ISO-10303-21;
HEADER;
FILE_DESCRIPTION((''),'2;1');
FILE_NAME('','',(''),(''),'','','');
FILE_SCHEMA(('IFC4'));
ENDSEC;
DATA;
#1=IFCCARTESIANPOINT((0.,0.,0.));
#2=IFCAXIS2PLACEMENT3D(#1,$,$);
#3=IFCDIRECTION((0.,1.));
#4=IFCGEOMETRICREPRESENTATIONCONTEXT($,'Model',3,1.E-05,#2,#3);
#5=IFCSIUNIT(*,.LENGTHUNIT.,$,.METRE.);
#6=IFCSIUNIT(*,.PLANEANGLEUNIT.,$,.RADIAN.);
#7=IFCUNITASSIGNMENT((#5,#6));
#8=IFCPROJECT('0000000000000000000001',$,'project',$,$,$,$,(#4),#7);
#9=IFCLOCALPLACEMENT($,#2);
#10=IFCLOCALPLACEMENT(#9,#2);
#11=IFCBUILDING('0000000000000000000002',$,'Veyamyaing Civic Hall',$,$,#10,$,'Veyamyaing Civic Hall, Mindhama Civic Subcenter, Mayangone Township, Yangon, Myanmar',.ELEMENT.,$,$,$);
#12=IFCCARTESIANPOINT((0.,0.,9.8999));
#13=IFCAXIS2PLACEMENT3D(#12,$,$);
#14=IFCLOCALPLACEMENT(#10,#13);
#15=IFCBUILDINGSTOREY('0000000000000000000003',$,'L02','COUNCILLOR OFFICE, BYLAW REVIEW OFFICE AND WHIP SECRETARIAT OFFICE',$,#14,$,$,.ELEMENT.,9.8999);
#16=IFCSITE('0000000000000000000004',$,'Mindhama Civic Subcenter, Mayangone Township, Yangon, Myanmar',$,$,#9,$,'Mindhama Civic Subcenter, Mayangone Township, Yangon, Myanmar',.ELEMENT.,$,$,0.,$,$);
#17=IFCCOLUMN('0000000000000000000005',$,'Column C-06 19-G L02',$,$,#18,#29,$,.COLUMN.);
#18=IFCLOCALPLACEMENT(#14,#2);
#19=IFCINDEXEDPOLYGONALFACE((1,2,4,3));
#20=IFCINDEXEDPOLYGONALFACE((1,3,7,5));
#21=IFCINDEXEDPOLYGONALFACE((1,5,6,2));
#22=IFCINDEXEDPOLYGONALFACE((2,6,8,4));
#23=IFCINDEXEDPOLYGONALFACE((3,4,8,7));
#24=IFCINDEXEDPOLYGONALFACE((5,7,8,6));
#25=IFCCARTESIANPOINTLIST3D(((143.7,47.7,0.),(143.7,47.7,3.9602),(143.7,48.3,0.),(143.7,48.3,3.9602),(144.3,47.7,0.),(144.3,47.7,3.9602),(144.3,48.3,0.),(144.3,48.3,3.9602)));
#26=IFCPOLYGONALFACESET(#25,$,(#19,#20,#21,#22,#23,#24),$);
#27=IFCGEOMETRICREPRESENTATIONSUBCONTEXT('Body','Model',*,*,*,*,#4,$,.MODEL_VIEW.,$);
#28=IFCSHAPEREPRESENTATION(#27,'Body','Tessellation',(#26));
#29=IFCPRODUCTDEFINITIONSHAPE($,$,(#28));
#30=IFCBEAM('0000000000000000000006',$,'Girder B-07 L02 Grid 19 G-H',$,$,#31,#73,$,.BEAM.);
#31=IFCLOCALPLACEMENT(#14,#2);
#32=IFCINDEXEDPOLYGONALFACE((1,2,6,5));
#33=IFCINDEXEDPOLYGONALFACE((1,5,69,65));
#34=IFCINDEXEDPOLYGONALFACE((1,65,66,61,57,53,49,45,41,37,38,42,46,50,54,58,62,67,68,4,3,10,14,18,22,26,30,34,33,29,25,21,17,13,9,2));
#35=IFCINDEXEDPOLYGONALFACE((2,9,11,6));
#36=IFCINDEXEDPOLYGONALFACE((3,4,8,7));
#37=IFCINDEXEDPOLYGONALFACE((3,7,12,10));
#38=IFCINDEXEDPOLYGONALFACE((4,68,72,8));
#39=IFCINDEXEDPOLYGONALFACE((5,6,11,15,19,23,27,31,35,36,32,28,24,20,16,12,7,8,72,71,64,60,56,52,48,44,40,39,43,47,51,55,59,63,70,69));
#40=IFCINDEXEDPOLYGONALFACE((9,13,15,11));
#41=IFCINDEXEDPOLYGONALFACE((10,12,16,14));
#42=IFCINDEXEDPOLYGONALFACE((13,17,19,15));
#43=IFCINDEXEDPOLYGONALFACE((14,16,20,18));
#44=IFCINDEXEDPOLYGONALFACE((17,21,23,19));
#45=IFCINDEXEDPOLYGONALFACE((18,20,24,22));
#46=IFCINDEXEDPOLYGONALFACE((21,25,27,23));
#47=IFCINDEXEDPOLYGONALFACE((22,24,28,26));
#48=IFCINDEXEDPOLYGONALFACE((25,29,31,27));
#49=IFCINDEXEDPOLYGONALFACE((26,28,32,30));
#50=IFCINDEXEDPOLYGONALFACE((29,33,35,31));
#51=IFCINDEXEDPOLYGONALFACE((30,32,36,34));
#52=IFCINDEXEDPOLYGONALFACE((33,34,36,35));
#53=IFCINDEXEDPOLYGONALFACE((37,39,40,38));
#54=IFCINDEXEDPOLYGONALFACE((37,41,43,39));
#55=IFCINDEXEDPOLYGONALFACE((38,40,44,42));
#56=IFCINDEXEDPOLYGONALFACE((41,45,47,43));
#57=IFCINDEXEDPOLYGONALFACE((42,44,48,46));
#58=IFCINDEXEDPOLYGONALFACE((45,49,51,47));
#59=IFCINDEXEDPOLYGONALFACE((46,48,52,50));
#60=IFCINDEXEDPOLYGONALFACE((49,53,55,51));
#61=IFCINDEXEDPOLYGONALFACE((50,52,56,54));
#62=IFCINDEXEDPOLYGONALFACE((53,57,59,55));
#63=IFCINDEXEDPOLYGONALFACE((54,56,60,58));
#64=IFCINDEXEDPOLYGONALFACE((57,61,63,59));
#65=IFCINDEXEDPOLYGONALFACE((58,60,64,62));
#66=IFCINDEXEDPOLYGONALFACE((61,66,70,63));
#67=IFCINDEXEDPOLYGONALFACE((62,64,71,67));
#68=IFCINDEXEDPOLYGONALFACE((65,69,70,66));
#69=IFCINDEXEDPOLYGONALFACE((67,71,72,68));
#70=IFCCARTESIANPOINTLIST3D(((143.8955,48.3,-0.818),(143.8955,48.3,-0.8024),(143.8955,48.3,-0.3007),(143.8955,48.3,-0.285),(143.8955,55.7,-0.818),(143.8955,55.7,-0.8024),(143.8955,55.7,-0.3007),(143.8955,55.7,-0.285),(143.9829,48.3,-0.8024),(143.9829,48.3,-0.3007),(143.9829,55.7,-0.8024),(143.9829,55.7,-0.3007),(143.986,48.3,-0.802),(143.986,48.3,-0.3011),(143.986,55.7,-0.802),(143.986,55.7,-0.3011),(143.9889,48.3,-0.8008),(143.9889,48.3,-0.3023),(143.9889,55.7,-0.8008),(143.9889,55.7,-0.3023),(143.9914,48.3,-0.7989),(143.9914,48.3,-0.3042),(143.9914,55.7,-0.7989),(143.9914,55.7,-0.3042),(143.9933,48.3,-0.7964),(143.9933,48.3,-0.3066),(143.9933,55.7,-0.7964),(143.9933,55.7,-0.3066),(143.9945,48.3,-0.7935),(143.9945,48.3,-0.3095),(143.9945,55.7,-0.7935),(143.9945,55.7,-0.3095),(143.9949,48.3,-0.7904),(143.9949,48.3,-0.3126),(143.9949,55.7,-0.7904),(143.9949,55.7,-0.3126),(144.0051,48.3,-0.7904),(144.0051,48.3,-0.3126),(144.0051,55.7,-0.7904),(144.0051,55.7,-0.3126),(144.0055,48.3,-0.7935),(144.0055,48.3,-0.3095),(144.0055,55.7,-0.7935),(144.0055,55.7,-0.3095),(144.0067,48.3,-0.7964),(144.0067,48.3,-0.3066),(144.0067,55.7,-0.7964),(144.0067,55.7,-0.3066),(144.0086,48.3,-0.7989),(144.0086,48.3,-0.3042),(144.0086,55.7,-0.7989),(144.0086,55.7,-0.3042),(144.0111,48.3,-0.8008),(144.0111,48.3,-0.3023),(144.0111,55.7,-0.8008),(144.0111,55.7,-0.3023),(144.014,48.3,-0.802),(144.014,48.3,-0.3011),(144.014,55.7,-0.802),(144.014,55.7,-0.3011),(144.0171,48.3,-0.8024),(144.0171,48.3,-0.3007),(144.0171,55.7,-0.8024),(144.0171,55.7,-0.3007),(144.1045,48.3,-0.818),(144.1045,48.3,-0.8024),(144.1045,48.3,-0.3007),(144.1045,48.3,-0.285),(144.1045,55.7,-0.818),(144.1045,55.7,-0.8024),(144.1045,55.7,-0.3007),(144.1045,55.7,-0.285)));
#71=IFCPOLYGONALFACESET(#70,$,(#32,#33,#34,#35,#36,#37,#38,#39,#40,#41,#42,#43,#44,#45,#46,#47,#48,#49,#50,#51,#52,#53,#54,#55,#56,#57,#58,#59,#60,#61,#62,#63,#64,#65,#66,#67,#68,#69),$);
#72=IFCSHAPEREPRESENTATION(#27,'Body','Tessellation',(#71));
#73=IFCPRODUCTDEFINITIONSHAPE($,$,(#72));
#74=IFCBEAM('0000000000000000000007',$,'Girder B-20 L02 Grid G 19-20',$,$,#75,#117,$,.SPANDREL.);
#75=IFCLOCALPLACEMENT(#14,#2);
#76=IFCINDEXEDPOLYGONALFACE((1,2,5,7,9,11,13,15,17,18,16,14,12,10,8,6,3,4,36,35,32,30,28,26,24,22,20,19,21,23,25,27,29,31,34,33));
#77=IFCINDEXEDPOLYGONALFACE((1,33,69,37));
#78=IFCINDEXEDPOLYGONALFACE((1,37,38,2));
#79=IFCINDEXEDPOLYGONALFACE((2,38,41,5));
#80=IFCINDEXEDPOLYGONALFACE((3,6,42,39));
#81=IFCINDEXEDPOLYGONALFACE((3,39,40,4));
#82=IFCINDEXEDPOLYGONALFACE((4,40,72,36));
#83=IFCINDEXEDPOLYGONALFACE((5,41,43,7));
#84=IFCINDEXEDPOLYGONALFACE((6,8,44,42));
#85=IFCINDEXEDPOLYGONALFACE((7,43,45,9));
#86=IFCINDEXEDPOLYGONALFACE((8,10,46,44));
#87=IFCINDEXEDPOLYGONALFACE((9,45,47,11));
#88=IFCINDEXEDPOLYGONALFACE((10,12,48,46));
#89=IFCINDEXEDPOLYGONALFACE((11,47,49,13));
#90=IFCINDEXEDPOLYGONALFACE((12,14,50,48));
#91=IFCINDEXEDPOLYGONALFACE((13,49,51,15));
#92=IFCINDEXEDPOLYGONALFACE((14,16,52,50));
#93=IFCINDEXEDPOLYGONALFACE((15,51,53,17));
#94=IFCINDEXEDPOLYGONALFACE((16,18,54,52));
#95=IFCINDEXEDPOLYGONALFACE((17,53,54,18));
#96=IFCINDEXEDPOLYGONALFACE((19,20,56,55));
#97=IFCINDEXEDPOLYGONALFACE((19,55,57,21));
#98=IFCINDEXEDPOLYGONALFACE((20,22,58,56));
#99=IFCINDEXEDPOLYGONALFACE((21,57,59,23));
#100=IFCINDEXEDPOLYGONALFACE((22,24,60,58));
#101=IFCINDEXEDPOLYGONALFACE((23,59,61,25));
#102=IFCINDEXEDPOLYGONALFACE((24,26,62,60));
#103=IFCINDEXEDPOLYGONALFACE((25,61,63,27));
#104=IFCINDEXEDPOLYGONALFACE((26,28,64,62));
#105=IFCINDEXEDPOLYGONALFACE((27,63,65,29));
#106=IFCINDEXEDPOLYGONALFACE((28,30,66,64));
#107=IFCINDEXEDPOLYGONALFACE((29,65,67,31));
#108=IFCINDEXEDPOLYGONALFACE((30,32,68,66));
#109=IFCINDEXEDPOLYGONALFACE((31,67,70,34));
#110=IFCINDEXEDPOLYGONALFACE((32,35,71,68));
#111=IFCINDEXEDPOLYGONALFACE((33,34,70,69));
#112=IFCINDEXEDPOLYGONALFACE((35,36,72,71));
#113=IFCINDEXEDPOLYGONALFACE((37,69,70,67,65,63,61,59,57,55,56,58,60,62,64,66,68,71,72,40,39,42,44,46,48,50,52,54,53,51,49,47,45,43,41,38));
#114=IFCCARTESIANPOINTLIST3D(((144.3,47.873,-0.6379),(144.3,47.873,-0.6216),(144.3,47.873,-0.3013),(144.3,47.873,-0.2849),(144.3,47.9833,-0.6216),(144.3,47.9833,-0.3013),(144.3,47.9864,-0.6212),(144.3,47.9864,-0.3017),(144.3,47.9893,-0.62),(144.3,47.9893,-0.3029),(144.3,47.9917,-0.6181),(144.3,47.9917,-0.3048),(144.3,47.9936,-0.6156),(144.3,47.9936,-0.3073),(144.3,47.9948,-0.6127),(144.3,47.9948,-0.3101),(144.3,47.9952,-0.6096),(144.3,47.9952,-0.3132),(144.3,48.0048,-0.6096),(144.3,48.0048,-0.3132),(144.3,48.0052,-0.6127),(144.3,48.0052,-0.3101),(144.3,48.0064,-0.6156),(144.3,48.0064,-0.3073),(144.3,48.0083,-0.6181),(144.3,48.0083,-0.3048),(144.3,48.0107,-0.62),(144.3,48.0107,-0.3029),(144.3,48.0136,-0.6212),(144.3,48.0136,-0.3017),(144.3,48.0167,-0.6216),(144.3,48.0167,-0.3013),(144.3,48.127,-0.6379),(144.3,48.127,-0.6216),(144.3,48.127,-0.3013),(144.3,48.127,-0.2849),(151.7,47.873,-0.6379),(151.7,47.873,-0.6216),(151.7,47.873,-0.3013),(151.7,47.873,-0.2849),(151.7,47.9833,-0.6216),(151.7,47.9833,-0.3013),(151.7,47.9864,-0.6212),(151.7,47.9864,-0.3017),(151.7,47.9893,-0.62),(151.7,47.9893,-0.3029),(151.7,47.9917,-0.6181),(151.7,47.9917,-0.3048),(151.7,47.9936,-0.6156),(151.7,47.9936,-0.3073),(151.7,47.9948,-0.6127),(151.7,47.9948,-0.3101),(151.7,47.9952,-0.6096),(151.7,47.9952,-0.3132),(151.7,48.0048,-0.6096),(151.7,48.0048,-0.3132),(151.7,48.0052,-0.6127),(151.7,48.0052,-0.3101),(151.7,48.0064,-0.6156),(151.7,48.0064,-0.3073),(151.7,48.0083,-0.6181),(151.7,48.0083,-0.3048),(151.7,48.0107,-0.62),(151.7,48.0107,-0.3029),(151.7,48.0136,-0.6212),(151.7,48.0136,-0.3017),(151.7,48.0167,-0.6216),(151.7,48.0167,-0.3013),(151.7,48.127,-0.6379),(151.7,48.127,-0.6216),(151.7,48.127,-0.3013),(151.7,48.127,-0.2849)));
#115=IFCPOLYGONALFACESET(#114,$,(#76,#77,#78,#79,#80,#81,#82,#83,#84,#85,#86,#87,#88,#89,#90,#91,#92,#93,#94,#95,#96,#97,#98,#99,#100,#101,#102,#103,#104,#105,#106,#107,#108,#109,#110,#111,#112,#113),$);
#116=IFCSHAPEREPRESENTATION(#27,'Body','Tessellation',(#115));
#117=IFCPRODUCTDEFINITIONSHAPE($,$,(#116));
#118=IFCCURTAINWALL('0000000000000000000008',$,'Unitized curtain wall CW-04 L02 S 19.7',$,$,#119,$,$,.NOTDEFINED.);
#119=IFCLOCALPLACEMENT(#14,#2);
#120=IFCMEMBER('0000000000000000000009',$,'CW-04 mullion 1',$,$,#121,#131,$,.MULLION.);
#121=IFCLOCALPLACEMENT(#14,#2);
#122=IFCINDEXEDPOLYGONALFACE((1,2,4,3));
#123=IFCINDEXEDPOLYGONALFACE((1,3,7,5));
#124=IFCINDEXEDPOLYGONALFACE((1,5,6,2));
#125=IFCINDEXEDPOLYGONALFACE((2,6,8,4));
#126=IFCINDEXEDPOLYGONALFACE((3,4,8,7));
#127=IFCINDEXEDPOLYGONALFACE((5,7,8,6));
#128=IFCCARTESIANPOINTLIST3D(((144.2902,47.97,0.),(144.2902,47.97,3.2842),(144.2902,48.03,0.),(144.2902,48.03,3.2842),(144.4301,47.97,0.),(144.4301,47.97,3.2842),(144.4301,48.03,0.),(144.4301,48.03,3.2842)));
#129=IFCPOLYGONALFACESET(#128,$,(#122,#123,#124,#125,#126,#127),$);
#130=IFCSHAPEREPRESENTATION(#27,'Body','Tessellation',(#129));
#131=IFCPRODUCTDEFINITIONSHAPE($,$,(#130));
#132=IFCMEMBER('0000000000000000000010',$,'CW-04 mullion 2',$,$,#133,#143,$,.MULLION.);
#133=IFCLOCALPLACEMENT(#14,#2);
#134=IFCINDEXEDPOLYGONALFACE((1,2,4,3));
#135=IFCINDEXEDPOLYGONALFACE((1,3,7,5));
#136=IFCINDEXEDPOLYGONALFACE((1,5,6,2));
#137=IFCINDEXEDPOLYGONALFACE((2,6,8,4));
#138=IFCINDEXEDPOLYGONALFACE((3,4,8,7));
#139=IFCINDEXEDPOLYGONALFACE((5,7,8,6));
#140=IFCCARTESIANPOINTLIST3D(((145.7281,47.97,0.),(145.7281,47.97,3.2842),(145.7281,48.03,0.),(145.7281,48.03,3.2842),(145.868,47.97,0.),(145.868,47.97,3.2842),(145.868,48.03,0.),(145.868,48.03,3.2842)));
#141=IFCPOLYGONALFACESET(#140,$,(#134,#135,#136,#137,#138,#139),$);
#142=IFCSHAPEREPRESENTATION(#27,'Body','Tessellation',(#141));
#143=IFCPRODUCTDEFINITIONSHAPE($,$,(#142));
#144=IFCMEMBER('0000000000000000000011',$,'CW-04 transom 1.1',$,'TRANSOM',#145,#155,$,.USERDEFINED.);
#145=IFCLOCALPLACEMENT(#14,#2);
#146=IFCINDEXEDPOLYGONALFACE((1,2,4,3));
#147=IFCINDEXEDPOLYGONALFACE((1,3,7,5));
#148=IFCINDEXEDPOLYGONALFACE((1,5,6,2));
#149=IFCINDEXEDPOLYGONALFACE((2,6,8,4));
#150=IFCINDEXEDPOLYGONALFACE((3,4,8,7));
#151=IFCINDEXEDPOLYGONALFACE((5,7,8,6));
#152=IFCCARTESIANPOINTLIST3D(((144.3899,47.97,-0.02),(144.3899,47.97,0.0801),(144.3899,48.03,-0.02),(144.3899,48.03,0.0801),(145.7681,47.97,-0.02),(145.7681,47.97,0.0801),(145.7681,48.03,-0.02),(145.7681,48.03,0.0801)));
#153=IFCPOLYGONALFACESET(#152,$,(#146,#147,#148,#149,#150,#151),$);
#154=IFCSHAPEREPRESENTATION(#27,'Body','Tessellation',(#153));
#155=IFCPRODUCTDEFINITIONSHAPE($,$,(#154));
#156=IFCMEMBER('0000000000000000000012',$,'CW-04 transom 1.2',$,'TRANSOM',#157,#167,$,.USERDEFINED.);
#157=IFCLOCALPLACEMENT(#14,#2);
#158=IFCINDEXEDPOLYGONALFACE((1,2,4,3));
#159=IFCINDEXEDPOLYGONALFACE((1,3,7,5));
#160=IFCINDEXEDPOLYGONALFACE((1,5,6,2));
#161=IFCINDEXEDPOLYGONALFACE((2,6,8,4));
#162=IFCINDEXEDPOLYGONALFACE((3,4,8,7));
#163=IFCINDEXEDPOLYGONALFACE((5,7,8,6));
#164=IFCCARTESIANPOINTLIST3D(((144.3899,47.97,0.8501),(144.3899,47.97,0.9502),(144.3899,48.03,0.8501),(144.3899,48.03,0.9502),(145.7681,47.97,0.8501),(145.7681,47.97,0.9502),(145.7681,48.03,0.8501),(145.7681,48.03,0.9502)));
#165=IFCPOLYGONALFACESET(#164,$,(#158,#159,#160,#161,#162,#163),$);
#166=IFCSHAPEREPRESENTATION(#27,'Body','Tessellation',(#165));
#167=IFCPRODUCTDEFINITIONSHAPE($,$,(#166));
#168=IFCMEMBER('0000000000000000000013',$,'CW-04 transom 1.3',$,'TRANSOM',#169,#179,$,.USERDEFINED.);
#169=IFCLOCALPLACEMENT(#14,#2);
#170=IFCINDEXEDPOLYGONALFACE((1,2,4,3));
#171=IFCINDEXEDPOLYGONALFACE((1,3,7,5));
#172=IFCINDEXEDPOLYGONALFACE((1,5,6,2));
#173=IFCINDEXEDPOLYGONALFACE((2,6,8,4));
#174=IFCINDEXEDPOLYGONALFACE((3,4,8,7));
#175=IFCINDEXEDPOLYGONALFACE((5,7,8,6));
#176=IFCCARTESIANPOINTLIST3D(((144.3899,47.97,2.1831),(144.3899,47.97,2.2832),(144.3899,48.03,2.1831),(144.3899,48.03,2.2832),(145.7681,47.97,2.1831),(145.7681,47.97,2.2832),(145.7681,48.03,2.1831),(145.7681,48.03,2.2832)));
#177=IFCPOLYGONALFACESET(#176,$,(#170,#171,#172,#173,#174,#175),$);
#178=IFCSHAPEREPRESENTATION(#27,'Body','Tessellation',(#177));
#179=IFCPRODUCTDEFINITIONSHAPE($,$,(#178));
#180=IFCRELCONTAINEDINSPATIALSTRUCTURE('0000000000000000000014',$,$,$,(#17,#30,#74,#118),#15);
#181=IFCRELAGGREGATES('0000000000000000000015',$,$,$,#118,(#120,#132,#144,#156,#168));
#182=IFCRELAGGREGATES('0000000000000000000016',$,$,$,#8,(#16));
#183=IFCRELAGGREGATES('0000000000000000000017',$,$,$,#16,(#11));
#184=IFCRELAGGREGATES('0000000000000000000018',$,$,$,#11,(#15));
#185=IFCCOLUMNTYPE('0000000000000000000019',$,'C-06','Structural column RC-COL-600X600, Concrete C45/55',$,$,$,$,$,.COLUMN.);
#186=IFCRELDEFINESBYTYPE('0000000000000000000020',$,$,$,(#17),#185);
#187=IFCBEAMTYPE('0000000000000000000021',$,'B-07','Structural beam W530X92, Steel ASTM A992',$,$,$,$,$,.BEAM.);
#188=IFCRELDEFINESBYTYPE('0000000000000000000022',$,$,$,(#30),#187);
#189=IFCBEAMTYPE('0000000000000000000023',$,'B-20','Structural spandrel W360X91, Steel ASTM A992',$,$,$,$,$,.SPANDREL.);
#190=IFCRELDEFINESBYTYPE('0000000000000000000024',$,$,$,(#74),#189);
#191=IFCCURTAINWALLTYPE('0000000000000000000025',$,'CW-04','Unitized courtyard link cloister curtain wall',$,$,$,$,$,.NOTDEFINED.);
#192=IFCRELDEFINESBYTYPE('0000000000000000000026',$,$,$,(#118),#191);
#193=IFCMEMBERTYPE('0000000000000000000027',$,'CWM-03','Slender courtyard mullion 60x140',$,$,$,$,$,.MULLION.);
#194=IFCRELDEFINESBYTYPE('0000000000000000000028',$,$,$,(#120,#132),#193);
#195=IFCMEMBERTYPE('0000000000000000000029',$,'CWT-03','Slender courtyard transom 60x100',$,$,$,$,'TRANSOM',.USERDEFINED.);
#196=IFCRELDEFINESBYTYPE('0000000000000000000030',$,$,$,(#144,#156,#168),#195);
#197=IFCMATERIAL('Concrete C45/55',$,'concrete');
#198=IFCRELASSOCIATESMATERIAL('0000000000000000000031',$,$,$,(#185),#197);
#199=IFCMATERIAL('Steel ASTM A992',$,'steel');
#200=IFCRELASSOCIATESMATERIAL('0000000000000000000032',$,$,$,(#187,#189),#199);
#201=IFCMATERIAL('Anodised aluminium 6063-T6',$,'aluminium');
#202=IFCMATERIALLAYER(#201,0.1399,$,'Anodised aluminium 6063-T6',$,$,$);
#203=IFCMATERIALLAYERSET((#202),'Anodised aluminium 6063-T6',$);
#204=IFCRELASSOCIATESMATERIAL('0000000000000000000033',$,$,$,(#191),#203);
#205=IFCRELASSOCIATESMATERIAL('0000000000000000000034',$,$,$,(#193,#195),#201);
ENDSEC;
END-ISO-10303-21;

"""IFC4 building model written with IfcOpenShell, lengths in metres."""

from ifc_helpers import new_model, si_unit, direction, frame, origin, origin_2d, place, context, subcontext, project, spatial, rectangle, i_section, extrude, material, layer, layer_set, material_profile, profile_set, type_object, element, aggregate, save


model = new_model("IFC4")

# Units and contexts
model_context = context("Model", 3, precision=1e-05, world=origin(), true_north=direction((0.0, 1.0)))
body_context = subcontext(model_context, "Body", "Model", "MODEL_VIEW")
ifc_project = project(units=[si_unit("LENGTHUNIT", "METRE"), si_unit("PLANEANGLEUNIT", "RADIAN")], contexts=[model_context])

# Site, building, storey
site_placement = place(None, origin())
site = spatial("IfcSite", under=ifc_project, at=site_placement, Name="Mindhama Civic Subcenter, Mayangone Township, Yangon, Myanmar", LongName="Mindhama Civic Subcenter, Mayangone Township, Yangon, Myanmar", CompositionType="ELEMENT", RefElevation=0.0)
building_placement = place(site_placement, origin())
building = spatial("IfcBuilding", under=site, at=building_placement, Name="Veyamyaing Civic Hall", LongName="Veyamyaing Civic Hall, Mindhama Civic Subcenter, Mayangone Township, Yangon, Myanmar", CompositionType="ELEMENT")
storey_placement = place(building_placement, frame((0.0, 0.0, 9.8999)))
storey = spatial("IfcBuildingStorey", under=building, at=storey_placement, Name="L02", Description="COUNCILLOR OFFICE, BYLAW REVIEW OFFICE AND WHIP SECRETARIAT OFFICE", CompositionType="ELEMENT", Elevation=9.8999)

# Column
ifc_material_1 = material(Name="Concrete C45/55", Category="concrete")
ifc_material_profile_1 = material_profile(ifc_material_1, rectangle(XDim=0.6001, YDim=0.6001, at=origin_2d()), Name="RC-COL-600X600")
ifc_profile_set_1 = profile_set([ifc_material_profile_1], Name="Concrete C45/55")
column_type = type_object("IfcColumnType", Name="C-06", Description="Structural column RC-COL-600X600, Concrete C45/55", PredefinedType="COLUMN", material=ifc_profile_set_1)
column_placement = place(storey_placement, frame((144.0, 48.0, 0.0), z_axis=(0.0, 0.0, 1.0), x_axis=(1.0, 0.0, 0.0)))
element("IfcColumn", 1, at=column_placement, inside=storey, type_object=column_type, Name="Column C-06 19-G L02", PredefinedType="COLUMN", context=body_context, shape_type="SweptSolid", body=[
    extrude(rectangle(XDim=0.6001, YDim=0.6001, at=origin_2d()), origin(), (0.0, 0.0, 1.0), 3.9602),
])

# Beams
ifc_material_2 = material(Name="Steel ASTM A992", Category="steel")
ifc_material_profile_2 = material_profile(ifc_material_2, i_section(OverallWidth=0.209, OverallDepth=0.533, WebThickness=0.0103, FlangeThickness=0.0156, FilletRadius=0.012, at=origin_2d()), Name="W530X92")
ifc_profile_set_2 = profile_set([ifc_material_profile_2], Name="Steel ASTM A992")
beam_type_1 = type_object("IfcBeamType", Name="B-07", Description="Structural beam W530X92, Steel ASTM A992", PredefinedType="BEAM", material=ifc_profile_set_2)
beam_1_placement = place(storey_placement, frame((144.0, 48.3, -0.5515), z_axis=(0.0, 1.0, 0.0), x_axis=(-1.0, 0.0, 0.0)))
element("IfcBeam", 2, at=beam_1_placement, inside=storey, type_object=beam_type_1, Name="Girder B-07 L02 Grid 19 G-H", PredefinedType="BEAM", context=body_context, shape_type="SweptSolid", body=[
    extrude(i_section(OverallWidth=0.209, OverallDepth=0.533, WebThickness=0.0103, FlangeThickness=0.0156, FilletRadius=0.012, at=origin_2d()), origin(), (0.0, 0.0, 1.0), 7.3999),
])
ifc_material_profile_3 = material_profile(ifc_material_2, i_section(OverallWidth=0.2539, OverallDepth=0.353, WebThickness=0.0095, FlangeThickness=0.0164, FilletRadius=0.012, at=origin_2d()), Name="W360X91")
ifc_profile_set_3 = profile_set([ifc_material_profile_3], Name="Steel ASTM A992")
beam_type_2 = type_object("IfcBeamType", Name="B-20", Description="Structural spandrel W360X91, Steel ASTM A992", PredefinedType="SPANDREL", material=ifc_profile_set_3)
beam_2_placement = place(storey_placement, frame((144.3, 48.0, -0.4614), z_axis=(1.0, 0.0, 0.0), x_axis=(0.0, 1.0, 0.0)))
element("IfcBeam", 3, at=beam_2_placement, inside=storey, type_object=beam_type_2, Name="Girder B-20 L02 Grid G 19-20", PredefinedType="SPANDREL", context=body_context, shape_type="SweptSolid", body=[
    extrude(i_section(OverallWidth=0.2539, OverallDepth=0.353, WebThickness=0.0095, FlangeThickness=0.0164, FilletRadius=0.012, at=origin_2d()), origin(), (0.0, 0.0, 1.0), 7.3999),
])

# Curtain wall, members
ifc_material_3 = material(Name="Anodised aluminium 6063-T6", Category="aluminium")
ifc_layer_1 = layer(ifc_material_3, 0.1399, Name="Anodised aluminium 6063-T6")
ifc_layer_set_1 = layer_set([ifc_layer_1], Name="Anodised aluminium 6063-T6")
curtain_wall_type = type_object("IfcCurtainWallType", Name="CW-04", Description="Unitized courtyard link cloister curtain wall", PredefinedType="NOTDEFINED", material=ifc_layer_set_1)
curtain_wall_placement = place(storey_placement, origin())
curtain_wall = element("IfcCurtainWall", 4, at=curtain_wall_placement, inside=storey, type_object=curtain_wall_type, Name="Unitized curtain wall CW-04 L02 S 19.7", PredefinedType="NOTDEFINED")
ifc_material_profile_4 = material_profile(ifc_material_3, rectangle(XDim=0.0601, YDim=0.1399, at=origin_2d()), Name="ALU-MUL-60X140")
ifc_profile_set_4 = profile_set([ifc_material_profile_4], Name="Anodised aluminium 6063-T6")
member_type_1 = type_object("IfcMemberType", Name="CWM-03", Description="Slender courtyard mullion 60x140", PredefinedType="MULLION", material=ifc_profile_set_4)
member_1_placement = place(storey_placement, frame((144.3601, 48.0, 0.0), z_axis=(0.0, 0.0, 1.0), x_axis=(0.0, 1.0, 0.0)))
member_1 = element("IfcMember", 5, at=member_1_placement, type_object=member_type_1, Name="CW-04 mullion 1", PredefinedType="MULLION", context=body_context, shape_type="SweptSolid", body=[
    extrude(rectangle(XDim=0.0601, YDim=0.1399, at=origin_2d()), origin(), (0.0, 0.0, 1.0), 3.2842),
])
member_2_placement = place(storey_placement, frame((145.7981, 48.0, 0.0), z_axis=(0.0, 0.0, 1.0), x_axis=(0.0, 1.0, 0.0)))
member_2 = element("IfcMember", 6, at=member_2_placement, type_object=member_type_1, Name="CW-04 mullion 2", PredefinedType="MULLION", context=body_context, shape_type="SweptSolid", body=[
    extrude(rectangle(XDim=0.0601, YDim=0.1399, at=origin_2d()), origin(), (0.0, 0.0, 1.0), 3.2842),
])
ifc_material_profile_5 = material_profile(ifc_material_3, rectangle(XDim=0.0601, YDim=0.1001, at=origin_2d()), Name="ALU-TRN-60X100")
ifc_profile_set_5 = profile_set([ifc_material_profile_5], Name="Anodised aluminium 6063-T6")
member_type_2 = type_object("IfcMemberType", Name="CWT-03", Description="Slender courtyard transom 60x100", ElementType="TRANSOM", PredefinedType="USERDEFINED", material=ifc_profile_set_5)
member_3_placement = place(storey_placement, frame((144.3899, 48.0, 0.03), z_axis=(1.0, 0.0, 0.0), x_axis=(0.0, 1.0, 0.0)))
member_3 = element("IfcMember", 7, at=member_3_placement, type_object=member_type_2, Name="CW-04 transom 1.1", ObjectType="TRANSOM", PredefinedType="USERDEFINED", context=body_context, shape_type="SweptSolid", body=[
    extrude(rectangle(XDim=0.0601, YDim=0.1001, at=origin_2d()), origin(), (0.0, 0.0, 1.0), 1.3782),
])
member_4_placement = place(storey_placement, frame((144.3899, 48.0, 0.9001), z_axis=(1.0, 0.0, 0.0), x_axis=(0.0, 1.0, 0.0)))
member_4 = element("IfcMember", 8, at=member_4_placement, type_object=member_type_2, Name="CW-04 transom 1.2", ObjectType="TRANSOM", PredefinedType="USERDEFINED", context=body_context, shape_type="SweptSolid", body=[
    extrude(rectangle(XDim=0.0601, YDim=0.1001, at=origin_2d()), origin(), (0.0, 0.0, 1.0), 1.3782),
])
member_5_placement = place(storey_placement, frame((144.3899, 48.0, 2.2332), z_axis=(1.0, 0.0, 0.0), x_axis=(0.0, 1.0, 0.0)))
member_5 = element("IfcMember", 9, at=member_5_placement, type_object=member_type_2, Name="CW-04 transom 1.3", ObjectType="TRANSOM", PredefinedType="USERDEFINED", context=body_context, shape_type="SweptSolid", body=[
    extrude(rectangle(XDim=0.0601, YDim=0.1001, at=origin_2d()), origin(), (0.0, 0.0, 1.0), 1.3782),
])

aggregate(curtain_wall, [member_1, member_2, member_3, member_4, member_5])

save(model, "model.ifc")
